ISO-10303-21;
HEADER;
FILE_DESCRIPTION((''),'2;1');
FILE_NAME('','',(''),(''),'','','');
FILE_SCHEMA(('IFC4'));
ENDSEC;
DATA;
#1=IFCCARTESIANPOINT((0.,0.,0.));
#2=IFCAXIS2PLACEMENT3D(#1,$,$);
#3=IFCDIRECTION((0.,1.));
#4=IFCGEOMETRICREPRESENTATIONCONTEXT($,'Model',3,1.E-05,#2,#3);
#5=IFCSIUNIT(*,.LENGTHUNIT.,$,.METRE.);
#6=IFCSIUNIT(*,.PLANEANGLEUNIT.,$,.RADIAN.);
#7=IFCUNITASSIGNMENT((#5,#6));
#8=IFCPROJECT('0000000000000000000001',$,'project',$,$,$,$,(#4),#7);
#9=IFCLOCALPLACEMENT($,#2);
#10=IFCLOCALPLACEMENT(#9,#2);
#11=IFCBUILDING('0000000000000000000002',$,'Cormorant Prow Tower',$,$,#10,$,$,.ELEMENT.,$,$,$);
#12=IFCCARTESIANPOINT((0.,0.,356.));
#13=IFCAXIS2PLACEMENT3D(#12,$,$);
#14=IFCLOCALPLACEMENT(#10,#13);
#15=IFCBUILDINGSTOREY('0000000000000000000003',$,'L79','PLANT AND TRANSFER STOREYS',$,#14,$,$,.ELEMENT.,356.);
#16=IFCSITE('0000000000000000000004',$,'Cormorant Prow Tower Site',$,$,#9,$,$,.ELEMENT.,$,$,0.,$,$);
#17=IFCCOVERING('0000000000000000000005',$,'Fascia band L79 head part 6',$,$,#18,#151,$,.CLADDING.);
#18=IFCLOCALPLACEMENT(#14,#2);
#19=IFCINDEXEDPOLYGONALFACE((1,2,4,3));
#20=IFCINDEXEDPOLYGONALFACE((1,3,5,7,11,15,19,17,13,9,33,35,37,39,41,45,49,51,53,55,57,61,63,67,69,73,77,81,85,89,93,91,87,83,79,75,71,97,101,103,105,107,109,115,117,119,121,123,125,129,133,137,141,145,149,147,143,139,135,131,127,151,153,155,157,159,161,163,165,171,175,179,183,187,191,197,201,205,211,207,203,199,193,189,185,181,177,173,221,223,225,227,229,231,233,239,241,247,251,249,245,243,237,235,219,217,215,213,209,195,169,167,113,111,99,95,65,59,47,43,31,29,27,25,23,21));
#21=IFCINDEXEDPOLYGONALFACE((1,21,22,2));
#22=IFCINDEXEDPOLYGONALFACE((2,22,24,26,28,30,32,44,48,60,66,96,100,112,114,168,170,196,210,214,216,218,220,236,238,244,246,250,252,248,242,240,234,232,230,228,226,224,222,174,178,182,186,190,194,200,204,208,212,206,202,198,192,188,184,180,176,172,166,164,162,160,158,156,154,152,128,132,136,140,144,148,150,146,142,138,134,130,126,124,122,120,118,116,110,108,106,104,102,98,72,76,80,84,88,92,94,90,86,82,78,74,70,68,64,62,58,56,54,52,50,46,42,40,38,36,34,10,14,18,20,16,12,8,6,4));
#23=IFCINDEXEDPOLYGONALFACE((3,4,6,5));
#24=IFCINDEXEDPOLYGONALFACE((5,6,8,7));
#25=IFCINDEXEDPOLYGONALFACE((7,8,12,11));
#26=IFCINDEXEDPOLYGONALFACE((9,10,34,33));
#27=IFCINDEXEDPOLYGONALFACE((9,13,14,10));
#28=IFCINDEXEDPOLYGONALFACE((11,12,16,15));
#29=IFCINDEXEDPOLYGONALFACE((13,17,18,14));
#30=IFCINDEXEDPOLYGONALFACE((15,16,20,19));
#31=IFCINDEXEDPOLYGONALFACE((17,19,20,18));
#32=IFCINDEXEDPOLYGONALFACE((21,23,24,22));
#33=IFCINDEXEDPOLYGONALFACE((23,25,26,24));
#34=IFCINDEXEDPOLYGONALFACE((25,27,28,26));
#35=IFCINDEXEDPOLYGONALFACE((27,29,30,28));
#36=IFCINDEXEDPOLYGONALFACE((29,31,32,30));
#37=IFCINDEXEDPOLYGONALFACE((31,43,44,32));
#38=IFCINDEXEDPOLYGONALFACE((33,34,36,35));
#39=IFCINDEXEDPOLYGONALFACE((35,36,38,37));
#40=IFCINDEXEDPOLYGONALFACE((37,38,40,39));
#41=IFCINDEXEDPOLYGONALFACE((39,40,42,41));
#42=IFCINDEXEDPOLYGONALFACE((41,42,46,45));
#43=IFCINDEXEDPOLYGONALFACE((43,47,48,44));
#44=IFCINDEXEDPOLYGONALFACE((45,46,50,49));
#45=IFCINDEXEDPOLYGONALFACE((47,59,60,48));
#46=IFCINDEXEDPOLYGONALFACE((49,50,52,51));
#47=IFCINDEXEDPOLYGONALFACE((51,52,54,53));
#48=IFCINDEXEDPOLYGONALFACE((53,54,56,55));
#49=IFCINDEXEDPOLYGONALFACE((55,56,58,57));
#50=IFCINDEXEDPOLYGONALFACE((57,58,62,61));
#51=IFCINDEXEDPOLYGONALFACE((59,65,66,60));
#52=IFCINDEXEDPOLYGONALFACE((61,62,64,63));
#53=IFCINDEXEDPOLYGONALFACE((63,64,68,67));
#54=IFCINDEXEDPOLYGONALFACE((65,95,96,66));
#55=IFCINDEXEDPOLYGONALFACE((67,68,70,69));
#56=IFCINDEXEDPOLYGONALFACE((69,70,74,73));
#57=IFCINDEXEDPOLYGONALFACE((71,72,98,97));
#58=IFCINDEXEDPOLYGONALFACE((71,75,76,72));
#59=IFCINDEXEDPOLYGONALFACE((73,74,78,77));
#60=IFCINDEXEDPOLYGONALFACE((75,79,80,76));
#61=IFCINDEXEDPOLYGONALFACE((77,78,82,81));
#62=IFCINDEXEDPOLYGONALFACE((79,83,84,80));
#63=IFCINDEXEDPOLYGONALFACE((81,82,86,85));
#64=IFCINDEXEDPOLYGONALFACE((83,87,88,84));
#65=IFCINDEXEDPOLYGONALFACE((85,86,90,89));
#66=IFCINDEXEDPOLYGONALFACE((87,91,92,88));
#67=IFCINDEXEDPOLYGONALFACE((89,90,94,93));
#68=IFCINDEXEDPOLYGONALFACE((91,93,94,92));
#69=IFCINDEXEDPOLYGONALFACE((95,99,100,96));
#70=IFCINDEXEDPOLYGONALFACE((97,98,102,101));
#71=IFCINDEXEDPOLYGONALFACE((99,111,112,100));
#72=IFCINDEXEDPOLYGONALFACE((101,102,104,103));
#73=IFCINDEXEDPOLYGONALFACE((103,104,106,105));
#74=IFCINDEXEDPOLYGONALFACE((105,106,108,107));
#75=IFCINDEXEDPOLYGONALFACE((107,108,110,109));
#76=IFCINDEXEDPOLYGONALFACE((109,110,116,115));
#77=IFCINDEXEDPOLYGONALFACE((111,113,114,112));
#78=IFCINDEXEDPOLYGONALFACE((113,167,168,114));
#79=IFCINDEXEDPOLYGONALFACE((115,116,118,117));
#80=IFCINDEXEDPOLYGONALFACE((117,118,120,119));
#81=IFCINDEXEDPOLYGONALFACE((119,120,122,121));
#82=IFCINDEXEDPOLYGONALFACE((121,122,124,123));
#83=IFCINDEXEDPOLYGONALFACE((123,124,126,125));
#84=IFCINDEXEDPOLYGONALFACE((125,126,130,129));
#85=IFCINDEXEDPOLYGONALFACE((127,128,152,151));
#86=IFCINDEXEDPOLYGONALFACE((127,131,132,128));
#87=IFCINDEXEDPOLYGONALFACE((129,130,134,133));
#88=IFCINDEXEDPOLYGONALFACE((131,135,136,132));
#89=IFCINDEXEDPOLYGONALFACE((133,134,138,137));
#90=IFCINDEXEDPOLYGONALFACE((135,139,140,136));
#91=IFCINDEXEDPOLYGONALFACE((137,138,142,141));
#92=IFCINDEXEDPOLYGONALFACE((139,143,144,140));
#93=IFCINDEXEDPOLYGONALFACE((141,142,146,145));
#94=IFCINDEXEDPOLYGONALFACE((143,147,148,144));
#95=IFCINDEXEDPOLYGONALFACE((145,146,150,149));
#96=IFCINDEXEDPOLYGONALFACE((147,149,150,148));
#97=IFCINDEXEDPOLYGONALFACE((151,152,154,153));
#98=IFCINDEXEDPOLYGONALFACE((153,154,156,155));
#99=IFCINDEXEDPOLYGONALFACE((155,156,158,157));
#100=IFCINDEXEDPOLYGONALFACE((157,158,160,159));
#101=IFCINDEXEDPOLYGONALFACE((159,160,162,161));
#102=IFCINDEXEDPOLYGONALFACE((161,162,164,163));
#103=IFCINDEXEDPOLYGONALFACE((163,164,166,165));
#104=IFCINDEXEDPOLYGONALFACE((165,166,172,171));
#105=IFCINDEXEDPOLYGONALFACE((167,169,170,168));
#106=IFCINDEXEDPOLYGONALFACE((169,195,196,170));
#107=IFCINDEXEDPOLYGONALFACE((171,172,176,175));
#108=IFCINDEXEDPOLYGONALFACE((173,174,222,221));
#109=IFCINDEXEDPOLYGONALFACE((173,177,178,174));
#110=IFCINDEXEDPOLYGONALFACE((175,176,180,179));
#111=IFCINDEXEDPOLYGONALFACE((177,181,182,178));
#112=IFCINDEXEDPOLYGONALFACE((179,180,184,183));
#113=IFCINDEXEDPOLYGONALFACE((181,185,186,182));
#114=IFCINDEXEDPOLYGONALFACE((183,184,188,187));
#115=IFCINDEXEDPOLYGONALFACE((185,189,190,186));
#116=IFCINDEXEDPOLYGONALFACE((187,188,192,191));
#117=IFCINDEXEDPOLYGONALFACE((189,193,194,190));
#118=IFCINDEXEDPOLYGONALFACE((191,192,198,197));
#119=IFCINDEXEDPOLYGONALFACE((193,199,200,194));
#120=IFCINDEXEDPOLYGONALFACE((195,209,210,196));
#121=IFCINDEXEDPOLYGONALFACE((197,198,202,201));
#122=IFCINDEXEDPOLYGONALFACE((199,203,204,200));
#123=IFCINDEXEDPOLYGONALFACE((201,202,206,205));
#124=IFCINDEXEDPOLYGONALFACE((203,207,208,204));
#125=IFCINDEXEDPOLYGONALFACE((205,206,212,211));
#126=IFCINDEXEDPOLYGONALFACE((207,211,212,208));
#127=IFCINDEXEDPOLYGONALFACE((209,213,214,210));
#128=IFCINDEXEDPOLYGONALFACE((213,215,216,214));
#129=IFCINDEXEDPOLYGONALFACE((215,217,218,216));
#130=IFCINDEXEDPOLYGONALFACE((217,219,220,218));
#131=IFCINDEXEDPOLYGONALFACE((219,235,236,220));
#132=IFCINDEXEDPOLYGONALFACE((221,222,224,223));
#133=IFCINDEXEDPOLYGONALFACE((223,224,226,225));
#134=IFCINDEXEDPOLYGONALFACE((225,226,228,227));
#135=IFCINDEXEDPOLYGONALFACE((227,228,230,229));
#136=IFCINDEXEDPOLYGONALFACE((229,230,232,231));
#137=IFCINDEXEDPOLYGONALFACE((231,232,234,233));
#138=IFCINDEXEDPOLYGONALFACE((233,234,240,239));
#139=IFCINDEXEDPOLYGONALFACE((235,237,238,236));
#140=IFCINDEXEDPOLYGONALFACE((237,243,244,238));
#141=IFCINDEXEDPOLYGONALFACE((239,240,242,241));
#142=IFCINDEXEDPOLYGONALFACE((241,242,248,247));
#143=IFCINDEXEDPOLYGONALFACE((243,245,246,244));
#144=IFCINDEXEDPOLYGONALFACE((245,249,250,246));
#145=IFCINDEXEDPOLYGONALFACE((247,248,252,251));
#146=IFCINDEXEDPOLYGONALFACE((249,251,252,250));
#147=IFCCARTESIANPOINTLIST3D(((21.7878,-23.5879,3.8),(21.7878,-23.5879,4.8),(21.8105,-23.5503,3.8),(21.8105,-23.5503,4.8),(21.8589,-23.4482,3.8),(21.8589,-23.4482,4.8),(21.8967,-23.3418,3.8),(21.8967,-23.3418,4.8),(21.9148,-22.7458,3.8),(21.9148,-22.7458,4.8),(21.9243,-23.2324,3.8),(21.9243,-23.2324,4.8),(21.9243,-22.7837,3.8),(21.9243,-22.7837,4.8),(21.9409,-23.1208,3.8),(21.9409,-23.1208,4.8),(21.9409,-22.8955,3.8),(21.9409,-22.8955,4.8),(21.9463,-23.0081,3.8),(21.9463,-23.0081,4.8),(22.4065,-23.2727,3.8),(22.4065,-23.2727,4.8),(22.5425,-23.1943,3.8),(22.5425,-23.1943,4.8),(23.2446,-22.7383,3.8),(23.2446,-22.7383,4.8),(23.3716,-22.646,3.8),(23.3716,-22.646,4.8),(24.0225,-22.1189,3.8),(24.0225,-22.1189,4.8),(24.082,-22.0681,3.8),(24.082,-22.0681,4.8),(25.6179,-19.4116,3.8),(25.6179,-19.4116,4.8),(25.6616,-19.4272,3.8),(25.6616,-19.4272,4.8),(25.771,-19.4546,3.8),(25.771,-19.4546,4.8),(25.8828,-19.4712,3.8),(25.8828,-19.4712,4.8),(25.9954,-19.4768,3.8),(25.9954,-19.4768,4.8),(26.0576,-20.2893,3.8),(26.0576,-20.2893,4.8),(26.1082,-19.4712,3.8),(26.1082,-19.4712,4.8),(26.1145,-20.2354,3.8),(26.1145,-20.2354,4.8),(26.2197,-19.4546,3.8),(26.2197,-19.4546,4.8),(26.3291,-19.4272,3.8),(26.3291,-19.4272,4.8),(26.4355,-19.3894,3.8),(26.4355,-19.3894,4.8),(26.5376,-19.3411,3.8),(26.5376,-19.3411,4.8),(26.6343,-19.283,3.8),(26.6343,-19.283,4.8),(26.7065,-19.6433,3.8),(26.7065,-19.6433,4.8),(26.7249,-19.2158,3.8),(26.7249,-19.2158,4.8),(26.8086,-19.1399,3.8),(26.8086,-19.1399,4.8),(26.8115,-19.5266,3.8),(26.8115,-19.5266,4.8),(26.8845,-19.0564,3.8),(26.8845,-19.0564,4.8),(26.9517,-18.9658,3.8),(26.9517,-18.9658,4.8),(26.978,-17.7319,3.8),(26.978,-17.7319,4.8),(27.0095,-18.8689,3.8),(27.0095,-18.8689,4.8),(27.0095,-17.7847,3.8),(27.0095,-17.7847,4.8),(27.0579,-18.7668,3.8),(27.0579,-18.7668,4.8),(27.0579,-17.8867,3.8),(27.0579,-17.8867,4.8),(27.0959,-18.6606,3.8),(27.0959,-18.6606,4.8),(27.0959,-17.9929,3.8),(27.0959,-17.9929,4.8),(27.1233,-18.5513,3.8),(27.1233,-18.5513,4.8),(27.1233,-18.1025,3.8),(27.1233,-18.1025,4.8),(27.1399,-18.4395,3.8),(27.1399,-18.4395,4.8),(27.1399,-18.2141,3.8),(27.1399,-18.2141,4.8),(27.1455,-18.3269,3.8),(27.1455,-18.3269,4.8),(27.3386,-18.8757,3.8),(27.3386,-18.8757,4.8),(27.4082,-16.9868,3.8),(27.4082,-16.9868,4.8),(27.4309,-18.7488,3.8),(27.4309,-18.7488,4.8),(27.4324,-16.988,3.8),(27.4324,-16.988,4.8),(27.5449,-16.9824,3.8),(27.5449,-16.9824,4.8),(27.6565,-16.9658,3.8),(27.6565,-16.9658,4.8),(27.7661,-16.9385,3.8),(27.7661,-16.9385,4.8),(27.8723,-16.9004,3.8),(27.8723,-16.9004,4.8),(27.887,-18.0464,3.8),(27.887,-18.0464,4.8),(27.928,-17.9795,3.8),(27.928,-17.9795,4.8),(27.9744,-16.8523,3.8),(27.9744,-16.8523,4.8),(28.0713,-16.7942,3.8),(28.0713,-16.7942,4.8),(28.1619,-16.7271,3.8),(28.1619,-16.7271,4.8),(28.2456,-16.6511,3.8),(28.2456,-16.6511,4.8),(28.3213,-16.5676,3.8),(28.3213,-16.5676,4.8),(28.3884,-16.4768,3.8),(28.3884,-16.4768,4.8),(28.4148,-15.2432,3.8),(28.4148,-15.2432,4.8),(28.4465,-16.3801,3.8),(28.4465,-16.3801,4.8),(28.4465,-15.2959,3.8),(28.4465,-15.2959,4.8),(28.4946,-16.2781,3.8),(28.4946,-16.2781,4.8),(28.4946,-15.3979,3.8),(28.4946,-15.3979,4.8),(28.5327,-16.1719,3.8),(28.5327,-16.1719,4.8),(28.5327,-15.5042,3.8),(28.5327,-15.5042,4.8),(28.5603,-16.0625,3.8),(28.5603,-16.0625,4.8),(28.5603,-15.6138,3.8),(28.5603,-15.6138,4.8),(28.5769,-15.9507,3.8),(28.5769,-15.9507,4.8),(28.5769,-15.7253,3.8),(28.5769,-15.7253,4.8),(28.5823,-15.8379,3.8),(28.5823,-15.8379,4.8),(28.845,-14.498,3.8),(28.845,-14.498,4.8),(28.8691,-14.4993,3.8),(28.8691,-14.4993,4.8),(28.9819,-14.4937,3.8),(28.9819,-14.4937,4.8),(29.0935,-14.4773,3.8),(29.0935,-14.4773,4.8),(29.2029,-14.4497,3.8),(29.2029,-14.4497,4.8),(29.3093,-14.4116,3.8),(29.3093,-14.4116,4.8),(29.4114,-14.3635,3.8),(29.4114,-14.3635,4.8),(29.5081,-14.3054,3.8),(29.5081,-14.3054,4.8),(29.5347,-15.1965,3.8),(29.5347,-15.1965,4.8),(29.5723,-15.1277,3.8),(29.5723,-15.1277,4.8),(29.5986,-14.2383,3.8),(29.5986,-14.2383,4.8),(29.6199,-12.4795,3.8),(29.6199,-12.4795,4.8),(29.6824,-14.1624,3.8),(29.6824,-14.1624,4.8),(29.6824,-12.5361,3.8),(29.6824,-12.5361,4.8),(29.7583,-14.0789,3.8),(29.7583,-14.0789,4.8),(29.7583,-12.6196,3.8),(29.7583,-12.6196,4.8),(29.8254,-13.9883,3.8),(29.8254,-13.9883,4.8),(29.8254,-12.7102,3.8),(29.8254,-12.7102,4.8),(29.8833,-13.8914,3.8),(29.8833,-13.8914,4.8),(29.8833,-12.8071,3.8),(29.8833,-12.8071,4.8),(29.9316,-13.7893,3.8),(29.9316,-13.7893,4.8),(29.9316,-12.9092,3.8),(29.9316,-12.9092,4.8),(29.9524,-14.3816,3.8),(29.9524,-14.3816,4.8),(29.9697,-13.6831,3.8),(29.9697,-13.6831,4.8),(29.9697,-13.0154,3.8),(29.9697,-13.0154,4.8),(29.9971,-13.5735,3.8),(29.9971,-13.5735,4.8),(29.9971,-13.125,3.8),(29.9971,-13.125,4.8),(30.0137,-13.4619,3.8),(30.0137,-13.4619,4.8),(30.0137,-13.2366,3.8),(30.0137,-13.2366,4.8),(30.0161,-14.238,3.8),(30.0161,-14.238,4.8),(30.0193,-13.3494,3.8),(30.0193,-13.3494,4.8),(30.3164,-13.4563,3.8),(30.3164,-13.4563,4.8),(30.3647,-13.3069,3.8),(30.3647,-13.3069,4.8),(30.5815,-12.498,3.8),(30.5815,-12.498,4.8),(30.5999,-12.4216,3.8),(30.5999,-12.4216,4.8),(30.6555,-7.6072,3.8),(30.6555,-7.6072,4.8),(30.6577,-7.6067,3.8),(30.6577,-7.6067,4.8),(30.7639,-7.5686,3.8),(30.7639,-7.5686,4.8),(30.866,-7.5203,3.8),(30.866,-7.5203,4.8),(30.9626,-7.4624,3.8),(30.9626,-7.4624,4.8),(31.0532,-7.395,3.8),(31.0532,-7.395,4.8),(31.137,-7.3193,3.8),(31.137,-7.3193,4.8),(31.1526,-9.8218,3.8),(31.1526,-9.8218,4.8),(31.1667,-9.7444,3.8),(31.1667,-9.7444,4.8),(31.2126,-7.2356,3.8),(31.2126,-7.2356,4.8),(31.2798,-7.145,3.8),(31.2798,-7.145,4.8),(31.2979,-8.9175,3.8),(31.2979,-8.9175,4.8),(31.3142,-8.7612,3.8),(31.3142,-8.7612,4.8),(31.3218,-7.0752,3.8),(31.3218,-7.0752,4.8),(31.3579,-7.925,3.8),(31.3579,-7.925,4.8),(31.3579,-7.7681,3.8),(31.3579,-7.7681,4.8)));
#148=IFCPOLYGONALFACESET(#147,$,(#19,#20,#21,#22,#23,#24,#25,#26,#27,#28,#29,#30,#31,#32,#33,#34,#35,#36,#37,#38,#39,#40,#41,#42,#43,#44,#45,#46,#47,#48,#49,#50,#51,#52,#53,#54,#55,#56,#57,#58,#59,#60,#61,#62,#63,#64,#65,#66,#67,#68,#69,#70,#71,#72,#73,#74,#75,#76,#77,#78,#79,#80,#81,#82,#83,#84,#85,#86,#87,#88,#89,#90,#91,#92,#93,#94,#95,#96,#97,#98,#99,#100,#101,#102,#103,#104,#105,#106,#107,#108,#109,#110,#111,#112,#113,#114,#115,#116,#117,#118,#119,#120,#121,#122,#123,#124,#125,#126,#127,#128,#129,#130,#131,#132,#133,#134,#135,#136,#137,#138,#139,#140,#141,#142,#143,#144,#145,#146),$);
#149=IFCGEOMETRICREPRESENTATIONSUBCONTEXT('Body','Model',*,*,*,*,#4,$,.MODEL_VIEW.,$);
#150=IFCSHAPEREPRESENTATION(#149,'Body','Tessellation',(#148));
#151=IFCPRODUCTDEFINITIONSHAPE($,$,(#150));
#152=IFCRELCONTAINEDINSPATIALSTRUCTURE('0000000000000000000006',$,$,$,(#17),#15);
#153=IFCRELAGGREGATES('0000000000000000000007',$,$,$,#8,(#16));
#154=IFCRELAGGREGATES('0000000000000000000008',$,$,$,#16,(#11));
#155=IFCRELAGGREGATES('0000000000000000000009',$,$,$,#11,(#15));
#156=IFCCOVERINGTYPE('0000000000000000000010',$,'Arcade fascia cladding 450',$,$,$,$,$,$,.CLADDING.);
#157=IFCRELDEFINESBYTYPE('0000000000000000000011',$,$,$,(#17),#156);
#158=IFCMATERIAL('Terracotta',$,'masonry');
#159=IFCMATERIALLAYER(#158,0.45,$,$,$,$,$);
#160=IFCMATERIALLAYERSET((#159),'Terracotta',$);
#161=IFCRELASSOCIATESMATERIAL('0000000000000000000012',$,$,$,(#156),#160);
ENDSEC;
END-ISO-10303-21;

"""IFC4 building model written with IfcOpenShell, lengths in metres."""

from ifc_helpers import new_model, si_unit, direction, frame, origin, place, context, subcontext, project, spatial, polyline, outline, extrude, material, layer, layer_set, type_object, element, save


model = new_model("IFC4")

# Units and contexts
model_context = context("Model", 3, precision=1e-05, world=origin(), true_north=direction((0.0, 1.0)))
body_context = subcontext(model_context, "Body", "Model", "MODEL_VIEW")
ifc_project = project(units=[si_unit("LENGTHUNIT", "METRE"), si_unit("PLANEANGLEUNIT", "RADIAN")], contexts=[model_context])

# Site, building, storey
site_placement = place(None, origin())
site = spatial("IfcSite", under=ifc_project, at=site_placement, Name="Cormorant Prow Tower Site", CompositionType="ELEMENT", RefElevation=0.0)
building_placement = place(site_placement, origin())
building = spatial("IfcBuilding", under=site, at=building_placement, Name="Cormorant Prow Tower", CompositionType="ELEMENT")
storey_placement = place(building_placement, frame((0.0, 0.0, 356.0)))
storey = spatial("IfcBuildingStorey", under=building, at=storey_placement, Name="L79", Description="PLANT AND TRANSFER STOREYS", CompositionType="ELEMENT", Elevation=356.0)

# Covering
ifc_material_1 = material(Name="Terracotta", Category="masonry")
ifc_layer_1 = layer(ifc_material_1, 0.45)
ifc_layer_set_1 = layer_set([ifc_layer_1], Name="Terracotta")
covering_type = type_object("IfcCoveringType", Name="Arcade fascia cladding 450", PredefinedType="CLADDING", material=ifc_layer_set_1)
covering_1_placement = place(storey_placement, frame((0.0, 0.0, 3.8)))
element("IfcCovering", 1, at=covering_1_placement, inside=storey, type_object=covering_type, Name="Fascia band L79 head part 6", PredefinedType="CLADDING", context=body_context, shape_type="SweptSolid", body=[
    extrude(outline(polyline([(31.3142, -8.7612), (31.2979, -8.9175), (31.1667, -9.7444), (31.1526, -9.8218), (30.5999, -12.4216), (30.5815, -12.498), (30.3647, -13.3069), (30.3164, -13.4563), (30.0161, -14.238), (29.9524, -14.3816), (29.5723, -15.1277), (29.5347, -15.1965), (27.928, -17.9795), (27.887, -18.0464), (27.4309, -18.7488), (27.3386, -18.8757), (26.8115, -19.5266), (26.7065, -19.6433), (26.1145, -20.2354), (26.0576, -20.2893), (24.082, -22.0681), (24.0225, -22.1189), (23.3716, -22.646), (23.2446, -22.7383), (22.5425, -23.1943), (22.4065, -23.2727), (21.7878, -23.5879), (21.8105, -23.5503), (21.8589, -23.4482), (21.8967, -23.3418), (21.9243, -23.2324), (21.9409, -23.1208), (21.9463, -23.0081), (21.9409, -22.8955), (21.9243, -22.7837), (21.9148, -22.7458), (25.6179, -19.4116), (25.6616, -19.4272), (25.771, -19.4546), (25.8828, -19.4712), (25.9954, -19.4768), (26.1082, -19.4712), (26.2197, -19.4546), (26.3291, -19.4272), (26.4355, -19.3894), (26.5376, -19.3411), (26.6343, -19.283), (26.7249, -19.2158), (26.8086, -19.1399), (26.8845, -19.0564), (26.9517, -18.9658), (27.0095, -18.8689), (27.0579, -18.7668), (27.0959, -18.6606), (27.1233, -18.5513), (27.1399, -18.4395), (27.1455, -18.3269), (27.1399, -18.2141), (27.1233, -18.1025), (27.0959, -17.9929), (27.0579, -17.8867), (27.0095, -17.7847), (26.978, -17.7319), (27.4082, -16.9868), (27.4324, -16.988), (27.5449, -16.9824), (27.6565, -16.9658), (27.7661, -16.9385), (27.8723, -16.9004), (27.9744, -16.8523), (28.0713, -16.7942), (28.1619, -16.7271), (28.2456, -16.6511), (28.3213, -16.5676), (28.3884, -16.4768), (28.4465, -16.3801), (28.4946, -16.2781), (28.5327, -16.1719), (28.5603, -16.0625), (28.5769, -15.9507), (28.5823, -15.8379), (28.5769, -15.7253), (28.5603, -15.6138), (28.5327, -15.5042), (28.4946, -15.3979), (28.4465, -15.2959), (28.4148, -15.2432), (28.845, -14.498), (28.8691, -14.4993), (28.9819, -14.4937), (29.0935, -14.4773), (29.2029, -14.4497), (29.3093, -14.4116), (29.4114, -14.3635), (29.5081, -14.3054), (29.5986, -14.2383), (29.6824, -14.1624), (29.7583, -14.0789), (29.8254, -13.9883), (29.8833, -13.8914), (29.9316, -13.7893), (29.9697, -13.6831), (29.9971, -13.5735), (30.0137, -13.4619), (30.0193, -13.3494), (30.0137, -13.2366), (29.9971, -13.125), (29.9697, -13.0154), (29.9316, -12.9092), (29.8833, -12.8071), (29.8254, -12.7102), (29.7583, -12.6196), (29.6824, -12.5361), (29.6199, -12.4795), (30.6555, -7.6072), (30.6577, -7.6067), (30.7639, -7.5686), (30.866, -7.5203), (30.9626, -7.4624), (31.0532, -7.395), (31.137, -7.3193), (31.2126, -7.2356), (31.2798, -7.145), (31.3218, -7.0752), (31.3579, -7.7681), (31.3579, -7.925), (31.3142, -8.7612)])), origin(), (0.0, 0.0, 1.0), 1.0),
])

save(model, "model.ifc")
